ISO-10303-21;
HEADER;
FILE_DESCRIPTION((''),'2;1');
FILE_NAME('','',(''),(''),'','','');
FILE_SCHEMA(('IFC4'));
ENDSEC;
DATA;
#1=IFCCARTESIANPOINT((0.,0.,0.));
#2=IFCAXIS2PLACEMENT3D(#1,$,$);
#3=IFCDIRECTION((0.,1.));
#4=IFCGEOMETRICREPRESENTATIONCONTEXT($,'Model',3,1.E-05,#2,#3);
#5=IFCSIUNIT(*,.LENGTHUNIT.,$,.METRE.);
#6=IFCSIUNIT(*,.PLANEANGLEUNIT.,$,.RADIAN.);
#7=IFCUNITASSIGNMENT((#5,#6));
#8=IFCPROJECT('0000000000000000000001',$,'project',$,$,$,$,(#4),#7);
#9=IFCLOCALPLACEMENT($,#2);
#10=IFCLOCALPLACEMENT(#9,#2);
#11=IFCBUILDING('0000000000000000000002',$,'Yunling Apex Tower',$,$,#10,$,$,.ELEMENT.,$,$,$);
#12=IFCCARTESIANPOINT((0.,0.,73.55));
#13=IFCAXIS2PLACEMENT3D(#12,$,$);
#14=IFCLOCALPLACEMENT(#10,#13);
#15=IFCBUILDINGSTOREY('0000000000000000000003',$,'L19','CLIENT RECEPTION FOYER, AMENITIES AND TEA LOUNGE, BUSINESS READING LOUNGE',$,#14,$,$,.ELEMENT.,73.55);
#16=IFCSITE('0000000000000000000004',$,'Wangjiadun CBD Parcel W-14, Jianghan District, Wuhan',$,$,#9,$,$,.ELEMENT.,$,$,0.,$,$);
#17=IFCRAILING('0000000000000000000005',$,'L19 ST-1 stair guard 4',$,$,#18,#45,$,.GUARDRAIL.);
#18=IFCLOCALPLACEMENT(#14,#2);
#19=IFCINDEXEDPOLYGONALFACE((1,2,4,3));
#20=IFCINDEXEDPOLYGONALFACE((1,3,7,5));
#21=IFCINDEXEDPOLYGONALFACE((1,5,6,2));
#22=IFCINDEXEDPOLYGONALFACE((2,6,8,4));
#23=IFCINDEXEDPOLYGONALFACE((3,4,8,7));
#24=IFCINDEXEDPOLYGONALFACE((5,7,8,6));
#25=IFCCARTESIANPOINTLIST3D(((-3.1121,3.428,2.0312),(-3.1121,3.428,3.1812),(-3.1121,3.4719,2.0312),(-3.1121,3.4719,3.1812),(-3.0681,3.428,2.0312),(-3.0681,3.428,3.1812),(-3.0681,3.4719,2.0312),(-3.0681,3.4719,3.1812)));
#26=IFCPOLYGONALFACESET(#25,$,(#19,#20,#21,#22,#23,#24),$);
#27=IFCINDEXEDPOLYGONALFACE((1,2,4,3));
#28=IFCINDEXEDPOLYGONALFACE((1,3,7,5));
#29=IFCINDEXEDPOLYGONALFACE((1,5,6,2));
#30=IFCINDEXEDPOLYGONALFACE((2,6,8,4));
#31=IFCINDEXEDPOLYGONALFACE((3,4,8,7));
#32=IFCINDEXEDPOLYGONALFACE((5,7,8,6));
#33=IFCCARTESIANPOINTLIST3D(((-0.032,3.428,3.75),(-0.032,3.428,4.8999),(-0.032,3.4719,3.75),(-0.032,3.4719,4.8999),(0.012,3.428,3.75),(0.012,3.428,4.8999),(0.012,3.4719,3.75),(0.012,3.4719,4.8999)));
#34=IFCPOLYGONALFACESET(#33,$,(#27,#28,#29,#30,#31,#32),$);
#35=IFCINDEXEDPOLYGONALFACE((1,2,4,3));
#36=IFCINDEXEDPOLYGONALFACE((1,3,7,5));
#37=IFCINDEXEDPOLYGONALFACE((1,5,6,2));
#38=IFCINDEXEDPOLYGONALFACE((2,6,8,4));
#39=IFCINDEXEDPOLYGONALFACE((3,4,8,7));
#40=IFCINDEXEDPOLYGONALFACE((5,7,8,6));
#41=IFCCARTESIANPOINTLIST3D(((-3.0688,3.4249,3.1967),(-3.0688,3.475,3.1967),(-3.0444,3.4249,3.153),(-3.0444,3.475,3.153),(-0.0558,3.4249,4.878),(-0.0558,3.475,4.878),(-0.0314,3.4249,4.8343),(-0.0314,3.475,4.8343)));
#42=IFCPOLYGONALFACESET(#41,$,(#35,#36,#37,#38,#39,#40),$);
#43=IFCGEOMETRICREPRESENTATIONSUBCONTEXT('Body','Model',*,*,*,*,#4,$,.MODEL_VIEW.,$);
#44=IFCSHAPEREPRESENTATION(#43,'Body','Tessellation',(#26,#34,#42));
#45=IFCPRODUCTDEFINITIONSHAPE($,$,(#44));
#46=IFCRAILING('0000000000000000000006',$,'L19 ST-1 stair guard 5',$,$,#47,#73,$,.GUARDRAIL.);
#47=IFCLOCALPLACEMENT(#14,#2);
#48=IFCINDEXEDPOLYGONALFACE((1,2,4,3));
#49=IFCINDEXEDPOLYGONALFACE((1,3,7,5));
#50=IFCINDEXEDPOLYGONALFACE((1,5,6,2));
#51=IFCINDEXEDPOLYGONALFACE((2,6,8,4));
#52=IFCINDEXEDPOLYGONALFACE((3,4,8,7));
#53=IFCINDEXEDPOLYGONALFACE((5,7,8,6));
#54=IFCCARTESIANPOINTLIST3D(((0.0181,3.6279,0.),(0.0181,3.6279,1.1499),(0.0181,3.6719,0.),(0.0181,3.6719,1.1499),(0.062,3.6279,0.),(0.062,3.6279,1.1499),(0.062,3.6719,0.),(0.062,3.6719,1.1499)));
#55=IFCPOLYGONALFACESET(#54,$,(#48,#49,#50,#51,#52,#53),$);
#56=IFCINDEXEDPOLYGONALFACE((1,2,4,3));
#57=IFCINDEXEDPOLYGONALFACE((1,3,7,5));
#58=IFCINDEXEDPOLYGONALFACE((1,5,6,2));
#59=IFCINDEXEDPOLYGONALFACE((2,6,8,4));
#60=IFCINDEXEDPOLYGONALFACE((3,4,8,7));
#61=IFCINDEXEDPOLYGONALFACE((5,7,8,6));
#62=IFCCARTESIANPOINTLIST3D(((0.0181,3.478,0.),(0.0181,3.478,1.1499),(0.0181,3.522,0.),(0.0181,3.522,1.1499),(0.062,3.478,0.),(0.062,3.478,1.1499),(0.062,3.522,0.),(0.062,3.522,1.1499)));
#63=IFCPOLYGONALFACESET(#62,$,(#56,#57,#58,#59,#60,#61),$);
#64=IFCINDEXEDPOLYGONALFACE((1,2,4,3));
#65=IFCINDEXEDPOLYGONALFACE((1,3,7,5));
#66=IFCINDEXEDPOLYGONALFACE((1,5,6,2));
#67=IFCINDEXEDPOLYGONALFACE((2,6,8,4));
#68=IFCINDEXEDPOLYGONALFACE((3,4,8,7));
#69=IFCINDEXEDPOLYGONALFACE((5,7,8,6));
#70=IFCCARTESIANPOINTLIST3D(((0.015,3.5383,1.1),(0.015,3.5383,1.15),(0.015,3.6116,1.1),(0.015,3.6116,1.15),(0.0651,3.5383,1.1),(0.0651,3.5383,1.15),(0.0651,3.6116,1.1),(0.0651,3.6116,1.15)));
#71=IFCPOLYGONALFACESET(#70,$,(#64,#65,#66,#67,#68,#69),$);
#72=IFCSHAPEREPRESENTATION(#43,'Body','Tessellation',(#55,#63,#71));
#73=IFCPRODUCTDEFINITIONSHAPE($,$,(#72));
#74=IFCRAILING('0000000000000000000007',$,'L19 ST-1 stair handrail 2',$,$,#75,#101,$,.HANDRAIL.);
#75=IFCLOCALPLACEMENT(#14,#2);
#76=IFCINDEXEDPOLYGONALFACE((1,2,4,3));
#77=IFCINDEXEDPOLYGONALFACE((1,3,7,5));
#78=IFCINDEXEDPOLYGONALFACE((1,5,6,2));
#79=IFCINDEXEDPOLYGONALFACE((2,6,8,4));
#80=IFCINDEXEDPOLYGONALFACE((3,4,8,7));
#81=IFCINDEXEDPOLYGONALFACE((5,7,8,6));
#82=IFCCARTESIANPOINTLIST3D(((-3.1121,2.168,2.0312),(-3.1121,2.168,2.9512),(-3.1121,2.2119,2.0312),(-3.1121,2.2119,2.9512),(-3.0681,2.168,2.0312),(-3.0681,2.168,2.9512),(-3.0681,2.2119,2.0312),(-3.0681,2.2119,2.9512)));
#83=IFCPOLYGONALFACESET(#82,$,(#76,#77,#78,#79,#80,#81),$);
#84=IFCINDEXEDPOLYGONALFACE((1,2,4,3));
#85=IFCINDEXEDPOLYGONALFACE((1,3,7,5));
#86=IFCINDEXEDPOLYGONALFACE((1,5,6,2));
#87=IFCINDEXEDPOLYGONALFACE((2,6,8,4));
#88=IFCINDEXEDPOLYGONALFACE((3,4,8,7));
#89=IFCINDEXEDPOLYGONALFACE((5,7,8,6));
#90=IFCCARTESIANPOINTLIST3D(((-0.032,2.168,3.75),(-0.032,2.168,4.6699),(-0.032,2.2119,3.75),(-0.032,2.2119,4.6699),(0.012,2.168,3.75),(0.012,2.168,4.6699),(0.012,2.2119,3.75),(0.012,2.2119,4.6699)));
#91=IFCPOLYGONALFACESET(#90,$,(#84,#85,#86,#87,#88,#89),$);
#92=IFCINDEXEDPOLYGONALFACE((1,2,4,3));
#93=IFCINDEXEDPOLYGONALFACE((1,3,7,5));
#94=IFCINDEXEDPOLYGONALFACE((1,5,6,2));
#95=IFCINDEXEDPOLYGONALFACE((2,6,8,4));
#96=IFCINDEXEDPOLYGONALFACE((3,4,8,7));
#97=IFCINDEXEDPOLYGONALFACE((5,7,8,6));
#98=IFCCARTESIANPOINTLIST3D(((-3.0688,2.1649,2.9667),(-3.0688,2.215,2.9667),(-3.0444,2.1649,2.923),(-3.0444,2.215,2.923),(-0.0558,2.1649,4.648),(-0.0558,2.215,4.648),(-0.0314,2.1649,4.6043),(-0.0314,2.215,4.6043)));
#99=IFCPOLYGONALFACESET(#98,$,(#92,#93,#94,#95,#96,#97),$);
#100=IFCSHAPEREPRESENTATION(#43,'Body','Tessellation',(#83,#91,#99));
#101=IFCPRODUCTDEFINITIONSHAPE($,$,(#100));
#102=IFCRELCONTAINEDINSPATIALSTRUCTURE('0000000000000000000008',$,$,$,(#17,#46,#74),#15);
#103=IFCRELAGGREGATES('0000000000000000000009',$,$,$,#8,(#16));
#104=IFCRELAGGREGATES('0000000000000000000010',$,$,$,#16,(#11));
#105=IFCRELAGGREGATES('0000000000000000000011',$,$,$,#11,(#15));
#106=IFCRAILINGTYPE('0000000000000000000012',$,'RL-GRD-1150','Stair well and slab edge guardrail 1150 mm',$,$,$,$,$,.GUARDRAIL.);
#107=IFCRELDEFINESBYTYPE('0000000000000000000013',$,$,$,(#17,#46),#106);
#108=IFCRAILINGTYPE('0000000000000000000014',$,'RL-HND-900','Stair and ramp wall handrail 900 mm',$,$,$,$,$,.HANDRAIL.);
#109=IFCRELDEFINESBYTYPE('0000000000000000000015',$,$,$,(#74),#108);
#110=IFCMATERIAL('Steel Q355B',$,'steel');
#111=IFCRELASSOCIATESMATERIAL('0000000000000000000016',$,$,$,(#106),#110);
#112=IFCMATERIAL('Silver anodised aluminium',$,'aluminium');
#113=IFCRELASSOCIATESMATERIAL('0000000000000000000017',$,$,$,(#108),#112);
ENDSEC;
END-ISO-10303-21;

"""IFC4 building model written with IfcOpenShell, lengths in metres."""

from ifc_helpers import new_model, si_unit, direction, frame, origin, origin_2d, place, context, subcontext, project, spatial, rectangle, extrude, material, type_object, element, save


model = new_model("IFC4")

# Units and contexts
model_context = context("Model", 3, precision=1e-05, world=origin(), true_north=direction((0.0, 1.0)))
body_context = subcontext(model_context, "Body", "Model", "MODEL_VIEW")
ifc_project = project(units=[si_unit("LENGTHUNIT", "METRE"), si_unit("PLANEANGLEUNIT", "RADIAN")], contexts=[model_context])

# Site, building, storey
site_placement = place(None, origin())
site = spatial("IfcSite", under=ifc_project, at=site_placement, Name="Wangjiadun CBD Parcel W-14, Jianghan District, Wuhan", CompositionType="ELEMENT", RefElevation=0.0)
building_placement = place(site_placement, origin())
building = spatial("IfcBuilding", under=site, at=building_placement, Name="Yunling Apex Tower", CompositionType="ELEMENT")
storey_placement = place(building_placement, frame((0.0, 0.0, 73.55)))
storey = spatial("IfcBuildingStorey", under=building, at=storey_placement, Name="L19", Description="CLIENT RECEPTION FOYER, AMENITIES AND TEA LOUNGE, BUSINESS READING LOUNGE", CompositionType="ELEMENT", Elevation=73.55)

# Shared definitions
ifc_material_1 = material(Name="Steel Q355B", Category="steel")

# Railings
railing_type_1 = type_object("IfcRailingType", Name="RL-GRD-1150", Description="Stair well and slab edge guardrail 1150 mm", PredefinedType="GUARDRAIL", material=ifc_material_1)
railing_1_placement = place(storey_placement, frame((-3.0901, 3.45, 2.0312)))
element("IfcRailing", 1, at=railing_1_placement, inside=storey, type_object=railing_type_1, Name="L19 ST-1 stair guard 4", PredefinedType="GUARDRAIL", context=body_context, shape_type="SweptSolid", body=[
    extrude(rectangle(XDim=0.0439, YDim=0.0439, at=origin_2d()), origin(), (0.0, 0.0, 1.0), 1.1499),
    extrude(rectangle(XDim=0.0439, YDim=0.0439, at=origin_2d()), frame((3.0801, 0.0, 1.7188)), (0.0, 0.0, 1.0), 1.1499),
    extrude(rectangle(XDim=0.05, YDim=0.05, at=origin_2d()), frame((0.0334, 0.0, 1.1436), z_axis=(0.873242, 0.0, 0.487288), x_axis=(0.0, 1.0, 0.0)), (0.0, 0.0, 1.0), 3.4504),
])
railing_2_placement = place(storey_placement, frame((0.04, 3.6499, 0.0)))
element("IfcRailing", 2, at=railing_2_placement, inside=storey, type_object=railing_type_1, Name="L19 ST-1 stair guard 5", PredefinedType="GUARDRAIL", context=body_context, shape_type="SweptSolid", body=[
    extrude(rectangle(XDim=0.0439, YDim=0.0439, at=origin_2d()), origin(), (0.0, 0.0, 1.0), 1.1499),
    extrude(rectangle(XDim=0.0439, YDim=0.0439, at=origin_2d()), frame((0.0, -0.1499, 0.0)), (0.0, 0.0, 1.0), 1.1499),
    extrude(rectangle(XDim=0.05, YDim=0.05, at=origin_2d()), frame((0.0, -0.0383, 1.125), z_axis=(0.0, -1.0, 0.0), x_axis=(1.0, 0.0, 0.0)), (0.0, 0.0, 1.0), 0.0732),
])
ifc_material_2 = material(Name="Silver anodised aluminium", Category="aluminium")
railing_type_2 = type_object("IfcRailingType", Name="RL-HND-900", Description="Stair and ramp wall handrail 900 mm", PredefinedType="HANDRAIL", material=ifc_material_2)
railing_3_placement = place(storey_placement, frame((-3.0901, 2.1899, 2.0312)))
element("IfcRailing", 3, at=railing_3_placement, inside=storey, type_object=railing_type_2, Name="L19 ST-1 stair handrail 2", PredefinedType="HANDRAIL", context=body_context, shape_type="SweptSolid", body=[
    extrude(rectangle(XDim=0.0439, YDim=0.0439, at=origin_2d()), origin(), (0.0, 0.0, 1.0), 0.9199),
    extrude(rectangle(XDim=0.0439, YDim=0.0439, at=origin_2d()), frame((3.0801, 0.0, 1.7188)), (0.0, 0.0, 1.0), 0.9199),
    extrude(rectangle(XDim=0.05, YDim=0.05, at=origin_2d()), frame((0.0334, 0.0, 0.9136), z_axis=(0.873242, 0.0, 0.487288), x_axis=(0.0, 1.0, 0.0)), (0.0, 0.0, 1.0), 3.4504),
])

save(model, "model.ifc")
